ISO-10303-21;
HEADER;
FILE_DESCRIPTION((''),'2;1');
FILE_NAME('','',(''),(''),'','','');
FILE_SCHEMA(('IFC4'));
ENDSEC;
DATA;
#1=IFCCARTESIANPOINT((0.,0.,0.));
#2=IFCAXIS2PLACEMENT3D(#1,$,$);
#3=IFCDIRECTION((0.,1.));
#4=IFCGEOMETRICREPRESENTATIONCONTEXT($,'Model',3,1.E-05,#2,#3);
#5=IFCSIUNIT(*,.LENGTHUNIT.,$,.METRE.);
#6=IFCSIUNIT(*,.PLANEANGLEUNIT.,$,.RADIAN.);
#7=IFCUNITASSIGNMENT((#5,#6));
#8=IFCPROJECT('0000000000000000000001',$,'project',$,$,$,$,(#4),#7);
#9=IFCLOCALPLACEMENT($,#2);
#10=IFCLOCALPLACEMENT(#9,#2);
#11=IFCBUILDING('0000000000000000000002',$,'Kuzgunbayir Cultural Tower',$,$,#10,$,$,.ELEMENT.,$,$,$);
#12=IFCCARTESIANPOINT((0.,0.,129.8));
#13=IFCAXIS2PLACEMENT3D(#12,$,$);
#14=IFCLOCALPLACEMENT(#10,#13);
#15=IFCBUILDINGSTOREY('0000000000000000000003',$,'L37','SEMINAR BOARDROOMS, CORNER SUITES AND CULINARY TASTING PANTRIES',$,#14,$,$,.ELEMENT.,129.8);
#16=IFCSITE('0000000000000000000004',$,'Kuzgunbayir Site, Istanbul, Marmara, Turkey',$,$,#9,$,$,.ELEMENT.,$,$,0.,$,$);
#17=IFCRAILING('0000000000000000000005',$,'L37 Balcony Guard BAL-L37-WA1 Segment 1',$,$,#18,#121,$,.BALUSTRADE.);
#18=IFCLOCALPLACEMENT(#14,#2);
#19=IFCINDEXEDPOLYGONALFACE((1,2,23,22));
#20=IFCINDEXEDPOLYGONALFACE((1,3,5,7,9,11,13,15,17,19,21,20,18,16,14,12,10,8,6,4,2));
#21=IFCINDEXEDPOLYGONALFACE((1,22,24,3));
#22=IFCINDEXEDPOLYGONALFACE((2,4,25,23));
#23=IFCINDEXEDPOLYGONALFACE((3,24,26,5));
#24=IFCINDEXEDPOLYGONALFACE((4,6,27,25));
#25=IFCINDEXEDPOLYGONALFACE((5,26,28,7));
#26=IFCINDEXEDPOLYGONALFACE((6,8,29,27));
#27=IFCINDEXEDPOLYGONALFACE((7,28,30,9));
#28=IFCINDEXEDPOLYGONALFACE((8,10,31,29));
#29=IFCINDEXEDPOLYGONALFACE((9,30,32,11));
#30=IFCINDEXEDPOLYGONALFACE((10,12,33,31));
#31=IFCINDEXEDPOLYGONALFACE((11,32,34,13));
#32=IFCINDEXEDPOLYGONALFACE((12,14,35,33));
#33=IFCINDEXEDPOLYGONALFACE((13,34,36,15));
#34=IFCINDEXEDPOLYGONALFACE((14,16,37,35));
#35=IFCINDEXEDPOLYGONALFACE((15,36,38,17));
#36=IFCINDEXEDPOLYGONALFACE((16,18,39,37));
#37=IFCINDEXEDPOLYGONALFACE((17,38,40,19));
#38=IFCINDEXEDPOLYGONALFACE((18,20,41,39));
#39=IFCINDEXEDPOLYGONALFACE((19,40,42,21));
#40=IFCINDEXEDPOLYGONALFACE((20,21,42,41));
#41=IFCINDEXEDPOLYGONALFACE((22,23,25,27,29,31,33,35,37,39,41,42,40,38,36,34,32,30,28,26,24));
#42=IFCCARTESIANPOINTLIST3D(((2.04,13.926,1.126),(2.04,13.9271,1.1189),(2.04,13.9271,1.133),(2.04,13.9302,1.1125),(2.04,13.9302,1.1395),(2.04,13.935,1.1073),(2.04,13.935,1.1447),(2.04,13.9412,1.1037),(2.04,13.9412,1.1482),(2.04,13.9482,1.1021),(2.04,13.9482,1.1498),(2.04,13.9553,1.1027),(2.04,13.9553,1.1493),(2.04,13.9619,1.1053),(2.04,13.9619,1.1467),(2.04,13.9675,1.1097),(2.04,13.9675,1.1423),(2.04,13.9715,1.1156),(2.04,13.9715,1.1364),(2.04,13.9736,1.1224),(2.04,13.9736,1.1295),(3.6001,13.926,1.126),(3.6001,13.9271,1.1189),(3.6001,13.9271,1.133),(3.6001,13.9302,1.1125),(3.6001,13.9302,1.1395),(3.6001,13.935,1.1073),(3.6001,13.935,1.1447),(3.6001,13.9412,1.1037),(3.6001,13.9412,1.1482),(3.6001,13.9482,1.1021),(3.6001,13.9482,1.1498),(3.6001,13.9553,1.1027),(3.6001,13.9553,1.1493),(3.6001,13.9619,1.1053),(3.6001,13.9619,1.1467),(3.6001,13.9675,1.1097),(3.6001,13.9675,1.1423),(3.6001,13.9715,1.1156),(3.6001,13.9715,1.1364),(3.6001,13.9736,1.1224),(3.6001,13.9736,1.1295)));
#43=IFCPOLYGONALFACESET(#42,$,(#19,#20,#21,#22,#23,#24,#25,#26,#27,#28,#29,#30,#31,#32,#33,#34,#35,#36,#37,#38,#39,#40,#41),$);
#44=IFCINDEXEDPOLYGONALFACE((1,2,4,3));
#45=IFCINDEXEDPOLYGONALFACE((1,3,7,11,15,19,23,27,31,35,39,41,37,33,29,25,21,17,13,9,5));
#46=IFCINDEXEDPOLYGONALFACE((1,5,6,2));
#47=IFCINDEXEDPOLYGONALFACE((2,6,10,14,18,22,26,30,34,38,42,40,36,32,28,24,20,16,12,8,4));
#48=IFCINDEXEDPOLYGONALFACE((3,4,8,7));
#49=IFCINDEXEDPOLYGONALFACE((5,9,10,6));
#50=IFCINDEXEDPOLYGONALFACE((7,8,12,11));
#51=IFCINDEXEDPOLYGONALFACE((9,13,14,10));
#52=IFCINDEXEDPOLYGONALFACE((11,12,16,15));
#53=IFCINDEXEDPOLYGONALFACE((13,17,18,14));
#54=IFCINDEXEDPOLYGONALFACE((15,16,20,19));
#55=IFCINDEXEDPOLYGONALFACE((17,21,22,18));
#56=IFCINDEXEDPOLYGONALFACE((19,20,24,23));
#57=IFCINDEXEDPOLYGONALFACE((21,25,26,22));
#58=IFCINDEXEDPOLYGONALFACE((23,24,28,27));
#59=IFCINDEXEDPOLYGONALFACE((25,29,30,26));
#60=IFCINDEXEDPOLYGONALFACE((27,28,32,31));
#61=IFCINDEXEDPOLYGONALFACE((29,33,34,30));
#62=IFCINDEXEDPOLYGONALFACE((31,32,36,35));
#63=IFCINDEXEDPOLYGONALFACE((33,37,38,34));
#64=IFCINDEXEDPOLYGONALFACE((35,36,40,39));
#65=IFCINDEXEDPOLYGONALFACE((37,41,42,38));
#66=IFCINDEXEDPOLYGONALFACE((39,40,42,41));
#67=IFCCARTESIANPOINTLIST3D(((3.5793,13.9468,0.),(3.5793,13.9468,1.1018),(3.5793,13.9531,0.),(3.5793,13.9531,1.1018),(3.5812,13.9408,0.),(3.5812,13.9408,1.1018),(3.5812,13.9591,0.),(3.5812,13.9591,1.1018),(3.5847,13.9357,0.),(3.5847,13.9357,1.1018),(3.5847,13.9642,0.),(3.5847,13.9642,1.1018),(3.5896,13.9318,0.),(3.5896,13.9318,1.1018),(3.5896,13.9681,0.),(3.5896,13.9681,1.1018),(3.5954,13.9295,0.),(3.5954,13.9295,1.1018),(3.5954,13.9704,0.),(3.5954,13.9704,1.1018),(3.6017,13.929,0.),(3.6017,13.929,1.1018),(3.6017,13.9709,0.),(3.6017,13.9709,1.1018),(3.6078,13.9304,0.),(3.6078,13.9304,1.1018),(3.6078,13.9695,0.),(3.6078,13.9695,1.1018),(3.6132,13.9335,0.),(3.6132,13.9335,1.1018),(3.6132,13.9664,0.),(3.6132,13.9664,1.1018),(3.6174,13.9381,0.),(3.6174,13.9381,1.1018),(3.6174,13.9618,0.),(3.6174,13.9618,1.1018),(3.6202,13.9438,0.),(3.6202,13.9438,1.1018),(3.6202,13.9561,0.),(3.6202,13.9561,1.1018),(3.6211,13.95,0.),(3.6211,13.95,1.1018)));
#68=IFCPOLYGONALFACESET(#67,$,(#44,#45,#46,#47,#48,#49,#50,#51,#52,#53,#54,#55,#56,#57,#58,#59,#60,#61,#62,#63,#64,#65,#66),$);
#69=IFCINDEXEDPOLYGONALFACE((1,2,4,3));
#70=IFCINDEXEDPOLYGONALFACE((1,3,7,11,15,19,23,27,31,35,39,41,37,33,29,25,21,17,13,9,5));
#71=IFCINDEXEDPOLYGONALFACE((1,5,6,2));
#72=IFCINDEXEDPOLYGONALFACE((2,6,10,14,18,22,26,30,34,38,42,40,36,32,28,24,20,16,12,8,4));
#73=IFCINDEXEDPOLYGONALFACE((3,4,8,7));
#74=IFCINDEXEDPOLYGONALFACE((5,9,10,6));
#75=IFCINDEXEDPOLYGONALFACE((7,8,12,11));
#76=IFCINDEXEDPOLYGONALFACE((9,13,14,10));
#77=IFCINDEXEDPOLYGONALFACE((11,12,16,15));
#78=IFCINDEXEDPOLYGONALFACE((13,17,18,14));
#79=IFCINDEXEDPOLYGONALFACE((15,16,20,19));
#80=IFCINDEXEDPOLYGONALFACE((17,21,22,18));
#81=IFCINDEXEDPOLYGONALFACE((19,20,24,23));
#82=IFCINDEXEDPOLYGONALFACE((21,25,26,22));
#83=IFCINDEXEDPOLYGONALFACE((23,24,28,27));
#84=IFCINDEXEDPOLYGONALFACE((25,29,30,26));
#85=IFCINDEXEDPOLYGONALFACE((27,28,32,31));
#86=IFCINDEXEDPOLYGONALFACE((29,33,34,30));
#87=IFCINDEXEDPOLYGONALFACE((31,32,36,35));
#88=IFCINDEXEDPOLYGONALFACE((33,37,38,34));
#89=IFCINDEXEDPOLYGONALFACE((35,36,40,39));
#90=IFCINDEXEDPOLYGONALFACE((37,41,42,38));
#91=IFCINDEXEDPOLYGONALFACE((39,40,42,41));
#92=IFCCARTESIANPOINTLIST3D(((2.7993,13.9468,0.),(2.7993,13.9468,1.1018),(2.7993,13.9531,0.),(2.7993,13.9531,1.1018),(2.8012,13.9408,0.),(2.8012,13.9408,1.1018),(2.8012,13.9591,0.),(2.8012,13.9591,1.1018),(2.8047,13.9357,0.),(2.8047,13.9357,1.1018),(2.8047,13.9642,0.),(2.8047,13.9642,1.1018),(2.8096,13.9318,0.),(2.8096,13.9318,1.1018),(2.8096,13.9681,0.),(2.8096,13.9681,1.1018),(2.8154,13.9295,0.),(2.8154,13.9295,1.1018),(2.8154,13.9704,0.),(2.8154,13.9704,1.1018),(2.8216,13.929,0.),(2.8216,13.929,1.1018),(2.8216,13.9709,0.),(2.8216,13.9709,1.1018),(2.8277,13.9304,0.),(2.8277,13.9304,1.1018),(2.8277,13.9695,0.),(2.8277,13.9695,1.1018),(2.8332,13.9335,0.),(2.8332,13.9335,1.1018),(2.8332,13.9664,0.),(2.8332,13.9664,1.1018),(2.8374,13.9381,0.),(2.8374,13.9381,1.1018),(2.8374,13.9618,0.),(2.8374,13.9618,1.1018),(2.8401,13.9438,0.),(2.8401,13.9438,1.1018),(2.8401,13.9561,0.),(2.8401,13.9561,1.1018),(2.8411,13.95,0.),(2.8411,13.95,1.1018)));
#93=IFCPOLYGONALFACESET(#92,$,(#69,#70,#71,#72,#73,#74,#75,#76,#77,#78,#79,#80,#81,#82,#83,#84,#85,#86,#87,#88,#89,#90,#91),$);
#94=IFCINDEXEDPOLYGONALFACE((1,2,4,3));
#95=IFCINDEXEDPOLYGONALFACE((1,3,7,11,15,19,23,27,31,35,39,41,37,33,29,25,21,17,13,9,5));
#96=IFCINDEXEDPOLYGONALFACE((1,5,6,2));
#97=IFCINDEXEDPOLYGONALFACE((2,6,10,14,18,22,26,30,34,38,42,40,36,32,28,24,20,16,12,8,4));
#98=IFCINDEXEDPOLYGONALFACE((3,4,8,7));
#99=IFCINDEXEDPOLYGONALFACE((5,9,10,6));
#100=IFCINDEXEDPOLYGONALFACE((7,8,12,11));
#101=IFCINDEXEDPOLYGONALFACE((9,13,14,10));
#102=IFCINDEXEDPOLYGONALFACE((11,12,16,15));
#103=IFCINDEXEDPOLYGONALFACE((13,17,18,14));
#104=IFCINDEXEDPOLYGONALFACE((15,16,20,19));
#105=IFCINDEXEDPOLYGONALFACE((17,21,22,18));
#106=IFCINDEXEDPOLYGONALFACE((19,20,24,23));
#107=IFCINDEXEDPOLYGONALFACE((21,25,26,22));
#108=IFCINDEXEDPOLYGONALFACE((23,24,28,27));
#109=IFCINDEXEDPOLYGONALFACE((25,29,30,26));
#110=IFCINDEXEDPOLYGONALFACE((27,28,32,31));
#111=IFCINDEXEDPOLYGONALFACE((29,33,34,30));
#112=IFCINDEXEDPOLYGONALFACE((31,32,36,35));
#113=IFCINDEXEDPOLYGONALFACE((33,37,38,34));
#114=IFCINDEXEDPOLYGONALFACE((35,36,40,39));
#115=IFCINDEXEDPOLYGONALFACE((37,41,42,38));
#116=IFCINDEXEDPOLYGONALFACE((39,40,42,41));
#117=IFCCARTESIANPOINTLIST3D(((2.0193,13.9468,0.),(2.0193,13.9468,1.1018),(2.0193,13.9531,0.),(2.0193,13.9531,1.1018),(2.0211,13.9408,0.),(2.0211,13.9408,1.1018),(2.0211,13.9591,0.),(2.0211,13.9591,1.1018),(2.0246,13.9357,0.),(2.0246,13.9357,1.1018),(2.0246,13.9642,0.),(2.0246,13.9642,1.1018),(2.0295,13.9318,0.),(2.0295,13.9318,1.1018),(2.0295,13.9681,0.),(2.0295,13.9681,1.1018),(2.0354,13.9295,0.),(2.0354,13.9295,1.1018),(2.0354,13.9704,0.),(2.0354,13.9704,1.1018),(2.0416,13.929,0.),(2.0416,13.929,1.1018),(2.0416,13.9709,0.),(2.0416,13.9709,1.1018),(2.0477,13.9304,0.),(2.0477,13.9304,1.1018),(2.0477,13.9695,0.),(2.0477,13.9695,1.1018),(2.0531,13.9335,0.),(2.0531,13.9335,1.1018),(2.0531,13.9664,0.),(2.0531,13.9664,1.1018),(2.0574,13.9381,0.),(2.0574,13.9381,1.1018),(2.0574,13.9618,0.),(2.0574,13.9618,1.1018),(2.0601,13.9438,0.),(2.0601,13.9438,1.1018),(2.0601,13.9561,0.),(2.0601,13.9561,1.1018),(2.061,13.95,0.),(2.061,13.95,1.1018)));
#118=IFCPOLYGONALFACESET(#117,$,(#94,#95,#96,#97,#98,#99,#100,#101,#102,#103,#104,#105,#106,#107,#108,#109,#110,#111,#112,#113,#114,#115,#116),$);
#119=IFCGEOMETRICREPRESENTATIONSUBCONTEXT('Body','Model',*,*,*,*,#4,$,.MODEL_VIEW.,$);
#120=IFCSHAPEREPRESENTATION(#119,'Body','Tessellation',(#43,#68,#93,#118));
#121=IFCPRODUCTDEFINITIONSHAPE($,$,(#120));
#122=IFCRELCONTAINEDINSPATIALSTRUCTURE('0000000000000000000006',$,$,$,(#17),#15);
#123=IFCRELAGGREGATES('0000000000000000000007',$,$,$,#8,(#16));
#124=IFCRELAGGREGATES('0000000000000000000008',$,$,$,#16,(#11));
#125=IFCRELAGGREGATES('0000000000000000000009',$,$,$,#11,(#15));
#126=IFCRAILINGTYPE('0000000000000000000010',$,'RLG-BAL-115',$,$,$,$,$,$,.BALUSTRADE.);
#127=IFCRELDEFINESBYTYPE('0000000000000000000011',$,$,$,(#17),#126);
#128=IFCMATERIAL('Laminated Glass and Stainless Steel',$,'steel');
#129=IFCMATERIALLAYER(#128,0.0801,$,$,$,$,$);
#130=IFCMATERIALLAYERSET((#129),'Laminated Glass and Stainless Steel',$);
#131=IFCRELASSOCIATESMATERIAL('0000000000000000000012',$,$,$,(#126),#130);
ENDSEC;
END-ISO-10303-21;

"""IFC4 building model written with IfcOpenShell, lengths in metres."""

from ifc_helpers import new_model, si_unit, direction, frame, origin, origin_2d, place, context, subcontext, project, spatial, circle, extrude, material, layer, layer_set, type_object, element, save


model = new_model("IFC4")

# Units and contexts
model_context = context("Model", 3, precision=1e-05, world=origin(), true_north=direction((0.0, 1.0)))
body_context = subcontext(model_context, "Body", "Model", "MODEL_VIEW")
ifc_project = project(units=[si_unit("LENGTHUNIT", "METRE"), si_unit("PLANEANGLEUNIT", "RADIAN")], contexts=[model_context])

# Site, building, storey
site_placement = place(None, origin())
site = spatial("IfcSite", under=ifc_project, at=site_placement, Name="Kuzgunbayir Site, Istanbul, Marmara, Turkey", CompositionType="ELEMENT", RefElevation=0.0)
building_placement = place(site_placement, origin())
building = spatial("IfcBuilding", under=site, at=building_placement, Name="Kuzgunbayir Cultural Tower", CompositionType="ELEMENT")
storey_placement = place(building_placement, frame((0.0, 0.0, 129.8)))
storey = spatial("IfcBuildingStorey", under=building, at=storey_placement, Name="L37", Description="SEMINAR BOARDROOMS, CORNER SUITES AND CULINARY TASTING PANTRIES", CompositionType="ELEMENT", Elevation=129.8)

# Railing
ifc_material_1 = material(Name="Laminated Glass and Stainless Steel", Category="steel")
ifc_layer_1 = layer(ifc_material_1, 0.0801)
ifc_layer_set_1 = layer_set([ifc_layer_1], Name="Laminated Glass and Stainless Steel")
railing_type = type_object("IfcRailingType", Name="RLG-BAL-115", PredefinedType="BALUSTRADE", material=ifc_layer_set_1)
railing_1_placement = place(storey_placement, frame((3.6001, 13.95, 0.0)))
element("IfcRailing", 1, at=railing_1_placement, inside=storey, type_object=railing_type, Name="L37 Balcony Guard BAL-L37-WA1 Segment 1", PredefinedType="BALUSTRADE", context=body_context, shape_type="SweptSolid", body=[
    extrude(circle(Radius=0.0239, at=origin_2d()), frame((0.0, 0.0, 1.126), z_axis=(-1.0, 0.0, 0.0), x_axis=(0.0, -1.0, 0.0)), (0.0, 0.0, 1.0), 1.5601),
    extrude(circle(Radius=0.021, at=origin_2d()), origin(), (0.0, 0.0, 1.0), 1.1018),
    extrude(circle(Radius=0.021, at=origin_2d()), frame((-0.78, 0.0, 0.0)), (0.0, 0.0, 1.0), 1.1018),
    extrude(circle(Radius=0.021, at=origin_2d()), frame((-1.5601, 0.0, 0.0)), (0.0, 0.0, 1.0), 1.1018),
])

save(model, "model.ifc")
